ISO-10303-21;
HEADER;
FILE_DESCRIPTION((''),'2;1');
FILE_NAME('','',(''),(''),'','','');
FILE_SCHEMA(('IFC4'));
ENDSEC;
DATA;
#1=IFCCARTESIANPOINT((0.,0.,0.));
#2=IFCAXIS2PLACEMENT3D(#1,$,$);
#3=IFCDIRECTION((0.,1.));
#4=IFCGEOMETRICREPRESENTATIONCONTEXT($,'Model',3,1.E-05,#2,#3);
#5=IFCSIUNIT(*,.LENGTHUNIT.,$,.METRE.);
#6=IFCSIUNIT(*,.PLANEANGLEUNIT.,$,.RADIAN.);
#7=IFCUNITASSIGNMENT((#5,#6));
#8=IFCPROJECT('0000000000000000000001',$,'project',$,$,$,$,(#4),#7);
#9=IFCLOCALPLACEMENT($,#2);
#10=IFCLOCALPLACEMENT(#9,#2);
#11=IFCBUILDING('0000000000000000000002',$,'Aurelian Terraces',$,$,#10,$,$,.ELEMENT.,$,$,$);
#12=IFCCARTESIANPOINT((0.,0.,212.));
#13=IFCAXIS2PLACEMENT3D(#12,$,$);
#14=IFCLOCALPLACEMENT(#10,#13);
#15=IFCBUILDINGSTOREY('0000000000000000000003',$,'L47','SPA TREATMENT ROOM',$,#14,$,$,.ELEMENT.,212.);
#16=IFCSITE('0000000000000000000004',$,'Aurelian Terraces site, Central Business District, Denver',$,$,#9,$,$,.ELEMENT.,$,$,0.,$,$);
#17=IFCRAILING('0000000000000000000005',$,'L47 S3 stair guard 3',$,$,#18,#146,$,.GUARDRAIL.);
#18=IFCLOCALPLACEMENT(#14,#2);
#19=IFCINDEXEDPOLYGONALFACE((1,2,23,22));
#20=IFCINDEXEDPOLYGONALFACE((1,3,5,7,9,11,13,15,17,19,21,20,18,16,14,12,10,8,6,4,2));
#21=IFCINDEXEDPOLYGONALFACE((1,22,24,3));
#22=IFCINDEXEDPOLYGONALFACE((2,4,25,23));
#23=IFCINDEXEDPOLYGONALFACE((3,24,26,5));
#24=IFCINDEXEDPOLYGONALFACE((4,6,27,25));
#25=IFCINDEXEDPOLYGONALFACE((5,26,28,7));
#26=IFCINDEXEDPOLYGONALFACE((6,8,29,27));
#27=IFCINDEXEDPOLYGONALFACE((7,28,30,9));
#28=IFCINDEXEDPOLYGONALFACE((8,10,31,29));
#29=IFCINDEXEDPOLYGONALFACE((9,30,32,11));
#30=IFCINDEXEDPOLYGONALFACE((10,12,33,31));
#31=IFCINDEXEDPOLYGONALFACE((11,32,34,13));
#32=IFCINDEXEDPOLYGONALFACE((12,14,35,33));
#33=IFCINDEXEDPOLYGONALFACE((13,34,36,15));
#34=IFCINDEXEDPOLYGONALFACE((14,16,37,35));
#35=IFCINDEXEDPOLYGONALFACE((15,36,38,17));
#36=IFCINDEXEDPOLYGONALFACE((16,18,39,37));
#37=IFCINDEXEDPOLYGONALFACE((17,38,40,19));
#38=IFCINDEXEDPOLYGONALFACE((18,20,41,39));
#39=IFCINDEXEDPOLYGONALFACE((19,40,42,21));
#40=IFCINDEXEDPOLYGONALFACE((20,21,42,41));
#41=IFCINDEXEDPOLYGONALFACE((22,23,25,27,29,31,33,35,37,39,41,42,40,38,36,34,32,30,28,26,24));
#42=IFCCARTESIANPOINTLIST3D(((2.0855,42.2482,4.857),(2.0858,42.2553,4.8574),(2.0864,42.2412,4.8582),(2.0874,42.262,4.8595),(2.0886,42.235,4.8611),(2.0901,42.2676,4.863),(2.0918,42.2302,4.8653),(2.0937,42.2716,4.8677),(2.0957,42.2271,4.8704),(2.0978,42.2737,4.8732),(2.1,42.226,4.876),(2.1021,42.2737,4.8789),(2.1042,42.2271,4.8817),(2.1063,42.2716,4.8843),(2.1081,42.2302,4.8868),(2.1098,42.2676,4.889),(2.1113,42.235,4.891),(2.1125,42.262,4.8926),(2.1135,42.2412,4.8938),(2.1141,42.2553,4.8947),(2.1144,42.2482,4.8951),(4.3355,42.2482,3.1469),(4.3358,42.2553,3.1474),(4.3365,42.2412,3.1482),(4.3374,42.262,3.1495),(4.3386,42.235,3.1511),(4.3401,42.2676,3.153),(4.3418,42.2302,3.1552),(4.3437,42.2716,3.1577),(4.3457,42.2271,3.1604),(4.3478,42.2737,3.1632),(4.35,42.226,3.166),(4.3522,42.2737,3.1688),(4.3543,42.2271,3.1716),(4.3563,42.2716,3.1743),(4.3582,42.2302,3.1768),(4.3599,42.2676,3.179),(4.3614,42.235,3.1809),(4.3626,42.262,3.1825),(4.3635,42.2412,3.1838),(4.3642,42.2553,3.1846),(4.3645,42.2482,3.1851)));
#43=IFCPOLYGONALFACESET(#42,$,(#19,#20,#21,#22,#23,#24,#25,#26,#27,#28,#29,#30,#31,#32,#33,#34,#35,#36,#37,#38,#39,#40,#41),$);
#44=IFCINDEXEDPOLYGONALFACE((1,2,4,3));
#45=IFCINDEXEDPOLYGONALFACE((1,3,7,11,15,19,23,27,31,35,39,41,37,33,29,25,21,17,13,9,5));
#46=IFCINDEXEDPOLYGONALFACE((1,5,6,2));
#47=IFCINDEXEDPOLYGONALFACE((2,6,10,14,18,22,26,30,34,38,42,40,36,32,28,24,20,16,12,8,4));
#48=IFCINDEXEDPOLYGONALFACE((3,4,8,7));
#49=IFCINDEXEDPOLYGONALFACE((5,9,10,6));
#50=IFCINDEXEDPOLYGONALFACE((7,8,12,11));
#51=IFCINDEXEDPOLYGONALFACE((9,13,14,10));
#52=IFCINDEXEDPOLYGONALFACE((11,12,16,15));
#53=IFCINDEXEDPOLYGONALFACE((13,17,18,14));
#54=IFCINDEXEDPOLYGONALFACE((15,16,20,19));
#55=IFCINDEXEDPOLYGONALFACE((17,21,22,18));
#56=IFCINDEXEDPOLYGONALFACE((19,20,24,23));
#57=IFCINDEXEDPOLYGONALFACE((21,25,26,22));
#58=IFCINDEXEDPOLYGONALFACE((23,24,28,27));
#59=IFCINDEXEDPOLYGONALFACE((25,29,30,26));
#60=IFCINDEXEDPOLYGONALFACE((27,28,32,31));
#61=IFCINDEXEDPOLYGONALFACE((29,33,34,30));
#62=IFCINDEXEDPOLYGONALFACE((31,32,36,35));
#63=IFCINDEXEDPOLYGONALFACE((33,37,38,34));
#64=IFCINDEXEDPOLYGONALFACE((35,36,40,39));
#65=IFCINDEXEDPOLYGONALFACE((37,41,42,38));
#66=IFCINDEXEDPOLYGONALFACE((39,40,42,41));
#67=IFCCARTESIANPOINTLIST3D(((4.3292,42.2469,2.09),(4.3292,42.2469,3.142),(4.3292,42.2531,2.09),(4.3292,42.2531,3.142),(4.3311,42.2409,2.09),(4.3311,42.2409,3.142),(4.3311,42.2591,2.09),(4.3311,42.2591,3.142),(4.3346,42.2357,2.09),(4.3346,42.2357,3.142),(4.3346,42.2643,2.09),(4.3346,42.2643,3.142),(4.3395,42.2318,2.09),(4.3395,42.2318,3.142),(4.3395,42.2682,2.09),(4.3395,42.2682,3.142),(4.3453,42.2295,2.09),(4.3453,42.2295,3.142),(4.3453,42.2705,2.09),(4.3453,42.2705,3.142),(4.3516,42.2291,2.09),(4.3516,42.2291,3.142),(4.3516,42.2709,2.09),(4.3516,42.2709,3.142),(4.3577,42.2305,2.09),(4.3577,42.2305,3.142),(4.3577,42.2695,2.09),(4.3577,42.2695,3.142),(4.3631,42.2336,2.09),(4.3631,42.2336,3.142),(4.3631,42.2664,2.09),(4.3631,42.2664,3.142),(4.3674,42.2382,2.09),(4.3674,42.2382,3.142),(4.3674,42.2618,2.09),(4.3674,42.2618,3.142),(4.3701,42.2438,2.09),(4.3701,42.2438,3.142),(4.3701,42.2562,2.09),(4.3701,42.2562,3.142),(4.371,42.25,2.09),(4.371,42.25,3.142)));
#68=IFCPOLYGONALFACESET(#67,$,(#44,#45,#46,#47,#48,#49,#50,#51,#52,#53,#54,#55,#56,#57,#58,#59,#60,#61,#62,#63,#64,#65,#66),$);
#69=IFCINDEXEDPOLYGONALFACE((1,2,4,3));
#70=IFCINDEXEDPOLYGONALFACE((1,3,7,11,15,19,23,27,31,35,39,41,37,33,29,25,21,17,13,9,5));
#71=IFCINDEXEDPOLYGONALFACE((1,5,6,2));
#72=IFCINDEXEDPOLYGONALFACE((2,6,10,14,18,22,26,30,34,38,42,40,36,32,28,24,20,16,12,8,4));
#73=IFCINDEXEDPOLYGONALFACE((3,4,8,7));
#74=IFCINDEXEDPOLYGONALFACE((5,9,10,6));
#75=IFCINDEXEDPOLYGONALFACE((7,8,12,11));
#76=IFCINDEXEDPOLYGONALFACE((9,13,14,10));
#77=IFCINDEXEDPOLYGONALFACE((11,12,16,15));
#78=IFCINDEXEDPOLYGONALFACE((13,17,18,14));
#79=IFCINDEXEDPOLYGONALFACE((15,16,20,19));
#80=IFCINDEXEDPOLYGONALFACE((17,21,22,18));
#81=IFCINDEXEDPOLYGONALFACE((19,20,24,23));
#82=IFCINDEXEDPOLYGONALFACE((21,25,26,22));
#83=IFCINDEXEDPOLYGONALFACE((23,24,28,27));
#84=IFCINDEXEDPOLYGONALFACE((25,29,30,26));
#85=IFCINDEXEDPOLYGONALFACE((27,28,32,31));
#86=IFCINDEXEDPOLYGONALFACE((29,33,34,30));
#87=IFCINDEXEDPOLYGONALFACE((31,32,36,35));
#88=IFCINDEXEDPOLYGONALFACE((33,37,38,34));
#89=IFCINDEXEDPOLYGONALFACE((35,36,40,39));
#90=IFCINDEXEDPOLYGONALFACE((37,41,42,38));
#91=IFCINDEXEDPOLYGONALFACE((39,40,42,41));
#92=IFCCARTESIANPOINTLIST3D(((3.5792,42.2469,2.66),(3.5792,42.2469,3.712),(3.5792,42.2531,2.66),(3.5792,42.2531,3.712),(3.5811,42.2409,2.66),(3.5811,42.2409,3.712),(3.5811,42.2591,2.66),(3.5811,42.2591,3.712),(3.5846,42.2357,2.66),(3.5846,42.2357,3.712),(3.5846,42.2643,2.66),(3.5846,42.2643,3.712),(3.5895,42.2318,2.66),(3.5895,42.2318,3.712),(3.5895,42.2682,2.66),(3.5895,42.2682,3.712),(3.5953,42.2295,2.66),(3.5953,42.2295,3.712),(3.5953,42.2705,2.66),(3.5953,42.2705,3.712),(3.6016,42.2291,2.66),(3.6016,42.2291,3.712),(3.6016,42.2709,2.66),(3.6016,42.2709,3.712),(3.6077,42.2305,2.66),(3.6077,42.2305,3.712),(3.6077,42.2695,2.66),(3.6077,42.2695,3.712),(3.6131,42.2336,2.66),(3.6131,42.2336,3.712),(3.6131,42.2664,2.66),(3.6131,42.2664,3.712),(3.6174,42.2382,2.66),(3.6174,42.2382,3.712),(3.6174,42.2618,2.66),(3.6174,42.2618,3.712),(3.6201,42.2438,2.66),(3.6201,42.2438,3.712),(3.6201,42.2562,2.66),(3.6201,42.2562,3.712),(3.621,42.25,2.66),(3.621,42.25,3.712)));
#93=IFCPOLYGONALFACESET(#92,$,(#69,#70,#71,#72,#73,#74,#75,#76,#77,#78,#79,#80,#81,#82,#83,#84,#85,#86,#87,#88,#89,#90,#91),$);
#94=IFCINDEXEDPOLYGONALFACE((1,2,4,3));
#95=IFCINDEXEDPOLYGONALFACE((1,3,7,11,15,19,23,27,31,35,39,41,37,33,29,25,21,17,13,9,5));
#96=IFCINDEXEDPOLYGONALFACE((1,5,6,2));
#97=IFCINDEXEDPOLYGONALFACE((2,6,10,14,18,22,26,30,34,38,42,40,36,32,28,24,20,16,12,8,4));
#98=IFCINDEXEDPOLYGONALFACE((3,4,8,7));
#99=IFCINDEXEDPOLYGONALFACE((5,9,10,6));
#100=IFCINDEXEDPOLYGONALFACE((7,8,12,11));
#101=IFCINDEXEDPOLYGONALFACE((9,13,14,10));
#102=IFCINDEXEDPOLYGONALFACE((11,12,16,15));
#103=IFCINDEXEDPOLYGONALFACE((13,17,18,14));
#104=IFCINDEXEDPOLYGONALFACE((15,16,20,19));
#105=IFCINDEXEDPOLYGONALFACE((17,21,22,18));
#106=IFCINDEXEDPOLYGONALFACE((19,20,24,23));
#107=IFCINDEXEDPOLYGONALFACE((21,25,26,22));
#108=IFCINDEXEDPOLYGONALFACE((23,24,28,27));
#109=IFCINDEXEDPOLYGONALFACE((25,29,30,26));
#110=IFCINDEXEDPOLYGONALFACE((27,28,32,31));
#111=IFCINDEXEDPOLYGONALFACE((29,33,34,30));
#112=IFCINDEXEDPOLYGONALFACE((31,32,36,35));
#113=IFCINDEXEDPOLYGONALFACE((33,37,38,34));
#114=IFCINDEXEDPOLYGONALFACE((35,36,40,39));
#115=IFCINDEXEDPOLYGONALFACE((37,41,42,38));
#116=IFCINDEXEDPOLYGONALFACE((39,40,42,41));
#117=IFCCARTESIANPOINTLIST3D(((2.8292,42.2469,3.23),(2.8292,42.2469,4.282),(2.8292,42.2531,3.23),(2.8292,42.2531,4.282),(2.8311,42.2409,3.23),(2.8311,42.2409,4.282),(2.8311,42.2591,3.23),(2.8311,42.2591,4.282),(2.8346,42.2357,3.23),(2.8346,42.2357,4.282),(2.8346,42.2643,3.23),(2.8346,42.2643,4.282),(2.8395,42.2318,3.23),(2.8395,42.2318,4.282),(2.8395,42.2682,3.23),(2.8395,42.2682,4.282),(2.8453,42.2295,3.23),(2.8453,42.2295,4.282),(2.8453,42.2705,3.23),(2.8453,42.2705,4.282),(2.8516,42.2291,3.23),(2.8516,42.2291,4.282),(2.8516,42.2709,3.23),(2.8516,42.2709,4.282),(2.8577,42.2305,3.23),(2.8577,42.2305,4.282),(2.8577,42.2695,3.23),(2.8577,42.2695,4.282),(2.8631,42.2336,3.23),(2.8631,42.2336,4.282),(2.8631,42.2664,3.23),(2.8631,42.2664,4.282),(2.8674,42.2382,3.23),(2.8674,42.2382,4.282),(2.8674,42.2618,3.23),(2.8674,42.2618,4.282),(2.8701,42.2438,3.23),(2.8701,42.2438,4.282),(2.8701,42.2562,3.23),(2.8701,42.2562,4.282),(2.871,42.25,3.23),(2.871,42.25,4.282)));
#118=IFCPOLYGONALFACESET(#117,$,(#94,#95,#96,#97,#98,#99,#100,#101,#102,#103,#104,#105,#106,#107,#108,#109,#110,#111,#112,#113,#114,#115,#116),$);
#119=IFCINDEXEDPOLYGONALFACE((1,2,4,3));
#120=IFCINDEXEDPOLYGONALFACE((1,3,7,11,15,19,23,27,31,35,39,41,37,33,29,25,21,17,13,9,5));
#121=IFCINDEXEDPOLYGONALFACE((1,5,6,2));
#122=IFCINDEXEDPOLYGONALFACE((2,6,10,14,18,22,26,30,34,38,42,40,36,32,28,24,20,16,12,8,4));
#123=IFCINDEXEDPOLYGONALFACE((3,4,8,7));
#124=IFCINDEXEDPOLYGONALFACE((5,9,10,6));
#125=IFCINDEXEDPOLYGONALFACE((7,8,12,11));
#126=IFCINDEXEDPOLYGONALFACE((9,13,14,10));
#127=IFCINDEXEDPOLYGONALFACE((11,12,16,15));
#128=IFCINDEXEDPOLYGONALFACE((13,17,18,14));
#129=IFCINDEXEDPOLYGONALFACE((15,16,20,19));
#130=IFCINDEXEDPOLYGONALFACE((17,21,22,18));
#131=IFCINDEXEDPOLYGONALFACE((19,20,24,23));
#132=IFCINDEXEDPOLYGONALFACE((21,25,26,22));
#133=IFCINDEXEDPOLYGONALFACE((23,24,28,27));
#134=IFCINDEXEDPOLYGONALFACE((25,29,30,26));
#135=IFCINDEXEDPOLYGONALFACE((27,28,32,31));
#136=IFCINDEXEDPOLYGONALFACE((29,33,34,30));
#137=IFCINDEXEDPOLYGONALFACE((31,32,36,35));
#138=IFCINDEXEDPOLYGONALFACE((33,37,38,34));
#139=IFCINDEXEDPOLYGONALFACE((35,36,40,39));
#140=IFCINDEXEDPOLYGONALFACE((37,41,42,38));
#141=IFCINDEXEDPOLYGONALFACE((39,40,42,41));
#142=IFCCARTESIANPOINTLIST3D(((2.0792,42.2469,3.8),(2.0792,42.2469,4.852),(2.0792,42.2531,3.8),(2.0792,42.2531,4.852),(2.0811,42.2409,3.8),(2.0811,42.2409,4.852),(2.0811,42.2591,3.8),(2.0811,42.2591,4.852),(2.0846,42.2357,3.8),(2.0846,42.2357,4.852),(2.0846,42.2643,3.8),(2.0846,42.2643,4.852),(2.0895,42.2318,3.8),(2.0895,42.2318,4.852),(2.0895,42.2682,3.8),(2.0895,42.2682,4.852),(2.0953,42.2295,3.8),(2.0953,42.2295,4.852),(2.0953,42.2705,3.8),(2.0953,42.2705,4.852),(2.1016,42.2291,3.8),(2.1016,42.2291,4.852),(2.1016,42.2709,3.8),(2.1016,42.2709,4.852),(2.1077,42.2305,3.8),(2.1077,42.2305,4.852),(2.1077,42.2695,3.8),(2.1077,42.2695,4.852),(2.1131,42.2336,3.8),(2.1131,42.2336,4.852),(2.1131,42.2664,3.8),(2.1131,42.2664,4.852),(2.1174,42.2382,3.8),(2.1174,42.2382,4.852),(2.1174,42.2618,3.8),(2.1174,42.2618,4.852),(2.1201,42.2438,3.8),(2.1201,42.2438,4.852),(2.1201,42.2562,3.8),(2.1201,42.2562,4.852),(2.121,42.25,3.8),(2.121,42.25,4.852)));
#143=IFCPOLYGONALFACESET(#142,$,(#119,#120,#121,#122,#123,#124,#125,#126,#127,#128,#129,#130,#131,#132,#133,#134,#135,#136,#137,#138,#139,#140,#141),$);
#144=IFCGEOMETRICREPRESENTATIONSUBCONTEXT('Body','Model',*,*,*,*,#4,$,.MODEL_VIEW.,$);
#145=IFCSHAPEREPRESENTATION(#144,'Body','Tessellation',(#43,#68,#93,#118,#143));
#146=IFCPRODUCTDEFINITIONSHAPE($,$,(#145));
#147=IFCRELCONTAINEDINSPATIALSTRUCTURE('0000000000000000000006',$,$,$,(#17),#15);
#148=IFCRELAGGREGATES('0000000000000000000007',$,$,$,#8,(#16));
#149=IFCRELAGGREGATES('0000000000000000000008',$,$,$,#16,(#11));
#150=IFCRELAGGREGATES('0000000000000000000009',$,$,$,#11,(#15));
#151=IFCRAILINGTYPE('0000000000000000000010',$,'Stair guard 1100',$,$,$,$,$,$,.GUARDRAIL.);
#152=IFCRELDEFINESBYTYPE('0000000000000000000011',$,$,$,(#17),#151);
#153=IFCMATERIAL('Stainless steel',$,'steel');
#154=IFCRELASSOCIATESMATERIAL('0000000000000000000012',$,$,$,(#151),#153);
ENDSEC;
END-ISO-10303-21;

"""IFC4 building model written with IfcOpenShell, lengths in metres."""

from ifc_helpers import new_model, si_unit, direction, frame, origin, origin_2d, place, context, subcontext, project, spatial, circle, extrude, source, transform, mapped, material, type_object, element, save


model = new_model("IFC4")

# Units and contexts
model_context = context("Model", 3, precision=1e-05, world=origin(), true_north=direction((0.0, 1.0)))
body_context = subcontext(model_context, "Body", "Model", "MODEL_VIEW")
ifc_project = project(units=[si_unit("LENGTHUNIT", "METRE"), si_unit("PLANEANGLEUNIT", "RADIAN")], contexts=[model_context])

# Site, building, storey
site_placement = place(None, origin())
site = spatial("IfcSite", under=ifc_project, at=site_placement, Name="Aurelian Terraces site, Central Business District, Denver", CompositionType="ELEMENT", RefElevation=0.0)
building_placement = place(site_placement, origin())
building = spatial("IfcBuilding", under=site, at=building_placement, Name="Aurelian Terraces", CompositionType="ELEMENT")
storey_placement = place(building_placement, frame((0.0, 0.0, 212.0)))
storey = spatial("IfcBuildingStorey", under=building, at=storey_placement, Name="L47", Description="SPA TREATMENT ROOM", CompositionType="ELEMENT", Elevation=212.0)

# Railing
ifc_material_1 = material(Name="Stainless steel", Category="steel")
railing_type_1 = type_object("IfcRailingType", Name="Stair guard 1100", PredefinedType="GUARDRAIL", material=ifc_material_1)
shared_shape_1 = source(origin(), body_context, "Body", "SweptSolid", [
    extrude(circle(Radius=0.024, at=origin_2d()), frame((0.0, 0.0, 1.076), z_axis=(-0.796162, 0.0, 0.605083), x_axis=(0.0, -1.0, 0.0)), (0.0, 0.0, 1.0), 2.8261),
    extrude(circle(Radius=0.021, at=origin_2d()), origin(), (0.0, 0.0, 1.0), 1.052),
    extrude(circle(Radius=0.021, at=origin_2d()), frame((-0.75, 0.0, 0.57)), (0.0, 0.0, 1.0), 1.052),
    extrude(circle(Radius=0.021, at=origin_2d()), frame((-1.5, 0.0, 1.14)), (0.0, 0.0, 1.0), 1.052),
    extrude(circle(Radius=0.021, at=origin_2d()), frame((-2.25, 0.0, 1.71)), (0.0, 0.0, 1.0), 1.052),
])
railing_1_placement = place(storey_placement, frame((4.35, 42.25, 2.09)))
element("IfcRailing", 1, at=railing_1_placement, inside=storey, type_object=railing_type_1, Name="L47 S3 stair guard 3", PredefinedType="GUARDRAIL", context=body_context, shape_type="MappedRepresentation", body=[
    mapped(shared_shape_1, transform((0.0, 0.0, 0.0), scale=1.0)),
])

save(model, "model.ifc")
